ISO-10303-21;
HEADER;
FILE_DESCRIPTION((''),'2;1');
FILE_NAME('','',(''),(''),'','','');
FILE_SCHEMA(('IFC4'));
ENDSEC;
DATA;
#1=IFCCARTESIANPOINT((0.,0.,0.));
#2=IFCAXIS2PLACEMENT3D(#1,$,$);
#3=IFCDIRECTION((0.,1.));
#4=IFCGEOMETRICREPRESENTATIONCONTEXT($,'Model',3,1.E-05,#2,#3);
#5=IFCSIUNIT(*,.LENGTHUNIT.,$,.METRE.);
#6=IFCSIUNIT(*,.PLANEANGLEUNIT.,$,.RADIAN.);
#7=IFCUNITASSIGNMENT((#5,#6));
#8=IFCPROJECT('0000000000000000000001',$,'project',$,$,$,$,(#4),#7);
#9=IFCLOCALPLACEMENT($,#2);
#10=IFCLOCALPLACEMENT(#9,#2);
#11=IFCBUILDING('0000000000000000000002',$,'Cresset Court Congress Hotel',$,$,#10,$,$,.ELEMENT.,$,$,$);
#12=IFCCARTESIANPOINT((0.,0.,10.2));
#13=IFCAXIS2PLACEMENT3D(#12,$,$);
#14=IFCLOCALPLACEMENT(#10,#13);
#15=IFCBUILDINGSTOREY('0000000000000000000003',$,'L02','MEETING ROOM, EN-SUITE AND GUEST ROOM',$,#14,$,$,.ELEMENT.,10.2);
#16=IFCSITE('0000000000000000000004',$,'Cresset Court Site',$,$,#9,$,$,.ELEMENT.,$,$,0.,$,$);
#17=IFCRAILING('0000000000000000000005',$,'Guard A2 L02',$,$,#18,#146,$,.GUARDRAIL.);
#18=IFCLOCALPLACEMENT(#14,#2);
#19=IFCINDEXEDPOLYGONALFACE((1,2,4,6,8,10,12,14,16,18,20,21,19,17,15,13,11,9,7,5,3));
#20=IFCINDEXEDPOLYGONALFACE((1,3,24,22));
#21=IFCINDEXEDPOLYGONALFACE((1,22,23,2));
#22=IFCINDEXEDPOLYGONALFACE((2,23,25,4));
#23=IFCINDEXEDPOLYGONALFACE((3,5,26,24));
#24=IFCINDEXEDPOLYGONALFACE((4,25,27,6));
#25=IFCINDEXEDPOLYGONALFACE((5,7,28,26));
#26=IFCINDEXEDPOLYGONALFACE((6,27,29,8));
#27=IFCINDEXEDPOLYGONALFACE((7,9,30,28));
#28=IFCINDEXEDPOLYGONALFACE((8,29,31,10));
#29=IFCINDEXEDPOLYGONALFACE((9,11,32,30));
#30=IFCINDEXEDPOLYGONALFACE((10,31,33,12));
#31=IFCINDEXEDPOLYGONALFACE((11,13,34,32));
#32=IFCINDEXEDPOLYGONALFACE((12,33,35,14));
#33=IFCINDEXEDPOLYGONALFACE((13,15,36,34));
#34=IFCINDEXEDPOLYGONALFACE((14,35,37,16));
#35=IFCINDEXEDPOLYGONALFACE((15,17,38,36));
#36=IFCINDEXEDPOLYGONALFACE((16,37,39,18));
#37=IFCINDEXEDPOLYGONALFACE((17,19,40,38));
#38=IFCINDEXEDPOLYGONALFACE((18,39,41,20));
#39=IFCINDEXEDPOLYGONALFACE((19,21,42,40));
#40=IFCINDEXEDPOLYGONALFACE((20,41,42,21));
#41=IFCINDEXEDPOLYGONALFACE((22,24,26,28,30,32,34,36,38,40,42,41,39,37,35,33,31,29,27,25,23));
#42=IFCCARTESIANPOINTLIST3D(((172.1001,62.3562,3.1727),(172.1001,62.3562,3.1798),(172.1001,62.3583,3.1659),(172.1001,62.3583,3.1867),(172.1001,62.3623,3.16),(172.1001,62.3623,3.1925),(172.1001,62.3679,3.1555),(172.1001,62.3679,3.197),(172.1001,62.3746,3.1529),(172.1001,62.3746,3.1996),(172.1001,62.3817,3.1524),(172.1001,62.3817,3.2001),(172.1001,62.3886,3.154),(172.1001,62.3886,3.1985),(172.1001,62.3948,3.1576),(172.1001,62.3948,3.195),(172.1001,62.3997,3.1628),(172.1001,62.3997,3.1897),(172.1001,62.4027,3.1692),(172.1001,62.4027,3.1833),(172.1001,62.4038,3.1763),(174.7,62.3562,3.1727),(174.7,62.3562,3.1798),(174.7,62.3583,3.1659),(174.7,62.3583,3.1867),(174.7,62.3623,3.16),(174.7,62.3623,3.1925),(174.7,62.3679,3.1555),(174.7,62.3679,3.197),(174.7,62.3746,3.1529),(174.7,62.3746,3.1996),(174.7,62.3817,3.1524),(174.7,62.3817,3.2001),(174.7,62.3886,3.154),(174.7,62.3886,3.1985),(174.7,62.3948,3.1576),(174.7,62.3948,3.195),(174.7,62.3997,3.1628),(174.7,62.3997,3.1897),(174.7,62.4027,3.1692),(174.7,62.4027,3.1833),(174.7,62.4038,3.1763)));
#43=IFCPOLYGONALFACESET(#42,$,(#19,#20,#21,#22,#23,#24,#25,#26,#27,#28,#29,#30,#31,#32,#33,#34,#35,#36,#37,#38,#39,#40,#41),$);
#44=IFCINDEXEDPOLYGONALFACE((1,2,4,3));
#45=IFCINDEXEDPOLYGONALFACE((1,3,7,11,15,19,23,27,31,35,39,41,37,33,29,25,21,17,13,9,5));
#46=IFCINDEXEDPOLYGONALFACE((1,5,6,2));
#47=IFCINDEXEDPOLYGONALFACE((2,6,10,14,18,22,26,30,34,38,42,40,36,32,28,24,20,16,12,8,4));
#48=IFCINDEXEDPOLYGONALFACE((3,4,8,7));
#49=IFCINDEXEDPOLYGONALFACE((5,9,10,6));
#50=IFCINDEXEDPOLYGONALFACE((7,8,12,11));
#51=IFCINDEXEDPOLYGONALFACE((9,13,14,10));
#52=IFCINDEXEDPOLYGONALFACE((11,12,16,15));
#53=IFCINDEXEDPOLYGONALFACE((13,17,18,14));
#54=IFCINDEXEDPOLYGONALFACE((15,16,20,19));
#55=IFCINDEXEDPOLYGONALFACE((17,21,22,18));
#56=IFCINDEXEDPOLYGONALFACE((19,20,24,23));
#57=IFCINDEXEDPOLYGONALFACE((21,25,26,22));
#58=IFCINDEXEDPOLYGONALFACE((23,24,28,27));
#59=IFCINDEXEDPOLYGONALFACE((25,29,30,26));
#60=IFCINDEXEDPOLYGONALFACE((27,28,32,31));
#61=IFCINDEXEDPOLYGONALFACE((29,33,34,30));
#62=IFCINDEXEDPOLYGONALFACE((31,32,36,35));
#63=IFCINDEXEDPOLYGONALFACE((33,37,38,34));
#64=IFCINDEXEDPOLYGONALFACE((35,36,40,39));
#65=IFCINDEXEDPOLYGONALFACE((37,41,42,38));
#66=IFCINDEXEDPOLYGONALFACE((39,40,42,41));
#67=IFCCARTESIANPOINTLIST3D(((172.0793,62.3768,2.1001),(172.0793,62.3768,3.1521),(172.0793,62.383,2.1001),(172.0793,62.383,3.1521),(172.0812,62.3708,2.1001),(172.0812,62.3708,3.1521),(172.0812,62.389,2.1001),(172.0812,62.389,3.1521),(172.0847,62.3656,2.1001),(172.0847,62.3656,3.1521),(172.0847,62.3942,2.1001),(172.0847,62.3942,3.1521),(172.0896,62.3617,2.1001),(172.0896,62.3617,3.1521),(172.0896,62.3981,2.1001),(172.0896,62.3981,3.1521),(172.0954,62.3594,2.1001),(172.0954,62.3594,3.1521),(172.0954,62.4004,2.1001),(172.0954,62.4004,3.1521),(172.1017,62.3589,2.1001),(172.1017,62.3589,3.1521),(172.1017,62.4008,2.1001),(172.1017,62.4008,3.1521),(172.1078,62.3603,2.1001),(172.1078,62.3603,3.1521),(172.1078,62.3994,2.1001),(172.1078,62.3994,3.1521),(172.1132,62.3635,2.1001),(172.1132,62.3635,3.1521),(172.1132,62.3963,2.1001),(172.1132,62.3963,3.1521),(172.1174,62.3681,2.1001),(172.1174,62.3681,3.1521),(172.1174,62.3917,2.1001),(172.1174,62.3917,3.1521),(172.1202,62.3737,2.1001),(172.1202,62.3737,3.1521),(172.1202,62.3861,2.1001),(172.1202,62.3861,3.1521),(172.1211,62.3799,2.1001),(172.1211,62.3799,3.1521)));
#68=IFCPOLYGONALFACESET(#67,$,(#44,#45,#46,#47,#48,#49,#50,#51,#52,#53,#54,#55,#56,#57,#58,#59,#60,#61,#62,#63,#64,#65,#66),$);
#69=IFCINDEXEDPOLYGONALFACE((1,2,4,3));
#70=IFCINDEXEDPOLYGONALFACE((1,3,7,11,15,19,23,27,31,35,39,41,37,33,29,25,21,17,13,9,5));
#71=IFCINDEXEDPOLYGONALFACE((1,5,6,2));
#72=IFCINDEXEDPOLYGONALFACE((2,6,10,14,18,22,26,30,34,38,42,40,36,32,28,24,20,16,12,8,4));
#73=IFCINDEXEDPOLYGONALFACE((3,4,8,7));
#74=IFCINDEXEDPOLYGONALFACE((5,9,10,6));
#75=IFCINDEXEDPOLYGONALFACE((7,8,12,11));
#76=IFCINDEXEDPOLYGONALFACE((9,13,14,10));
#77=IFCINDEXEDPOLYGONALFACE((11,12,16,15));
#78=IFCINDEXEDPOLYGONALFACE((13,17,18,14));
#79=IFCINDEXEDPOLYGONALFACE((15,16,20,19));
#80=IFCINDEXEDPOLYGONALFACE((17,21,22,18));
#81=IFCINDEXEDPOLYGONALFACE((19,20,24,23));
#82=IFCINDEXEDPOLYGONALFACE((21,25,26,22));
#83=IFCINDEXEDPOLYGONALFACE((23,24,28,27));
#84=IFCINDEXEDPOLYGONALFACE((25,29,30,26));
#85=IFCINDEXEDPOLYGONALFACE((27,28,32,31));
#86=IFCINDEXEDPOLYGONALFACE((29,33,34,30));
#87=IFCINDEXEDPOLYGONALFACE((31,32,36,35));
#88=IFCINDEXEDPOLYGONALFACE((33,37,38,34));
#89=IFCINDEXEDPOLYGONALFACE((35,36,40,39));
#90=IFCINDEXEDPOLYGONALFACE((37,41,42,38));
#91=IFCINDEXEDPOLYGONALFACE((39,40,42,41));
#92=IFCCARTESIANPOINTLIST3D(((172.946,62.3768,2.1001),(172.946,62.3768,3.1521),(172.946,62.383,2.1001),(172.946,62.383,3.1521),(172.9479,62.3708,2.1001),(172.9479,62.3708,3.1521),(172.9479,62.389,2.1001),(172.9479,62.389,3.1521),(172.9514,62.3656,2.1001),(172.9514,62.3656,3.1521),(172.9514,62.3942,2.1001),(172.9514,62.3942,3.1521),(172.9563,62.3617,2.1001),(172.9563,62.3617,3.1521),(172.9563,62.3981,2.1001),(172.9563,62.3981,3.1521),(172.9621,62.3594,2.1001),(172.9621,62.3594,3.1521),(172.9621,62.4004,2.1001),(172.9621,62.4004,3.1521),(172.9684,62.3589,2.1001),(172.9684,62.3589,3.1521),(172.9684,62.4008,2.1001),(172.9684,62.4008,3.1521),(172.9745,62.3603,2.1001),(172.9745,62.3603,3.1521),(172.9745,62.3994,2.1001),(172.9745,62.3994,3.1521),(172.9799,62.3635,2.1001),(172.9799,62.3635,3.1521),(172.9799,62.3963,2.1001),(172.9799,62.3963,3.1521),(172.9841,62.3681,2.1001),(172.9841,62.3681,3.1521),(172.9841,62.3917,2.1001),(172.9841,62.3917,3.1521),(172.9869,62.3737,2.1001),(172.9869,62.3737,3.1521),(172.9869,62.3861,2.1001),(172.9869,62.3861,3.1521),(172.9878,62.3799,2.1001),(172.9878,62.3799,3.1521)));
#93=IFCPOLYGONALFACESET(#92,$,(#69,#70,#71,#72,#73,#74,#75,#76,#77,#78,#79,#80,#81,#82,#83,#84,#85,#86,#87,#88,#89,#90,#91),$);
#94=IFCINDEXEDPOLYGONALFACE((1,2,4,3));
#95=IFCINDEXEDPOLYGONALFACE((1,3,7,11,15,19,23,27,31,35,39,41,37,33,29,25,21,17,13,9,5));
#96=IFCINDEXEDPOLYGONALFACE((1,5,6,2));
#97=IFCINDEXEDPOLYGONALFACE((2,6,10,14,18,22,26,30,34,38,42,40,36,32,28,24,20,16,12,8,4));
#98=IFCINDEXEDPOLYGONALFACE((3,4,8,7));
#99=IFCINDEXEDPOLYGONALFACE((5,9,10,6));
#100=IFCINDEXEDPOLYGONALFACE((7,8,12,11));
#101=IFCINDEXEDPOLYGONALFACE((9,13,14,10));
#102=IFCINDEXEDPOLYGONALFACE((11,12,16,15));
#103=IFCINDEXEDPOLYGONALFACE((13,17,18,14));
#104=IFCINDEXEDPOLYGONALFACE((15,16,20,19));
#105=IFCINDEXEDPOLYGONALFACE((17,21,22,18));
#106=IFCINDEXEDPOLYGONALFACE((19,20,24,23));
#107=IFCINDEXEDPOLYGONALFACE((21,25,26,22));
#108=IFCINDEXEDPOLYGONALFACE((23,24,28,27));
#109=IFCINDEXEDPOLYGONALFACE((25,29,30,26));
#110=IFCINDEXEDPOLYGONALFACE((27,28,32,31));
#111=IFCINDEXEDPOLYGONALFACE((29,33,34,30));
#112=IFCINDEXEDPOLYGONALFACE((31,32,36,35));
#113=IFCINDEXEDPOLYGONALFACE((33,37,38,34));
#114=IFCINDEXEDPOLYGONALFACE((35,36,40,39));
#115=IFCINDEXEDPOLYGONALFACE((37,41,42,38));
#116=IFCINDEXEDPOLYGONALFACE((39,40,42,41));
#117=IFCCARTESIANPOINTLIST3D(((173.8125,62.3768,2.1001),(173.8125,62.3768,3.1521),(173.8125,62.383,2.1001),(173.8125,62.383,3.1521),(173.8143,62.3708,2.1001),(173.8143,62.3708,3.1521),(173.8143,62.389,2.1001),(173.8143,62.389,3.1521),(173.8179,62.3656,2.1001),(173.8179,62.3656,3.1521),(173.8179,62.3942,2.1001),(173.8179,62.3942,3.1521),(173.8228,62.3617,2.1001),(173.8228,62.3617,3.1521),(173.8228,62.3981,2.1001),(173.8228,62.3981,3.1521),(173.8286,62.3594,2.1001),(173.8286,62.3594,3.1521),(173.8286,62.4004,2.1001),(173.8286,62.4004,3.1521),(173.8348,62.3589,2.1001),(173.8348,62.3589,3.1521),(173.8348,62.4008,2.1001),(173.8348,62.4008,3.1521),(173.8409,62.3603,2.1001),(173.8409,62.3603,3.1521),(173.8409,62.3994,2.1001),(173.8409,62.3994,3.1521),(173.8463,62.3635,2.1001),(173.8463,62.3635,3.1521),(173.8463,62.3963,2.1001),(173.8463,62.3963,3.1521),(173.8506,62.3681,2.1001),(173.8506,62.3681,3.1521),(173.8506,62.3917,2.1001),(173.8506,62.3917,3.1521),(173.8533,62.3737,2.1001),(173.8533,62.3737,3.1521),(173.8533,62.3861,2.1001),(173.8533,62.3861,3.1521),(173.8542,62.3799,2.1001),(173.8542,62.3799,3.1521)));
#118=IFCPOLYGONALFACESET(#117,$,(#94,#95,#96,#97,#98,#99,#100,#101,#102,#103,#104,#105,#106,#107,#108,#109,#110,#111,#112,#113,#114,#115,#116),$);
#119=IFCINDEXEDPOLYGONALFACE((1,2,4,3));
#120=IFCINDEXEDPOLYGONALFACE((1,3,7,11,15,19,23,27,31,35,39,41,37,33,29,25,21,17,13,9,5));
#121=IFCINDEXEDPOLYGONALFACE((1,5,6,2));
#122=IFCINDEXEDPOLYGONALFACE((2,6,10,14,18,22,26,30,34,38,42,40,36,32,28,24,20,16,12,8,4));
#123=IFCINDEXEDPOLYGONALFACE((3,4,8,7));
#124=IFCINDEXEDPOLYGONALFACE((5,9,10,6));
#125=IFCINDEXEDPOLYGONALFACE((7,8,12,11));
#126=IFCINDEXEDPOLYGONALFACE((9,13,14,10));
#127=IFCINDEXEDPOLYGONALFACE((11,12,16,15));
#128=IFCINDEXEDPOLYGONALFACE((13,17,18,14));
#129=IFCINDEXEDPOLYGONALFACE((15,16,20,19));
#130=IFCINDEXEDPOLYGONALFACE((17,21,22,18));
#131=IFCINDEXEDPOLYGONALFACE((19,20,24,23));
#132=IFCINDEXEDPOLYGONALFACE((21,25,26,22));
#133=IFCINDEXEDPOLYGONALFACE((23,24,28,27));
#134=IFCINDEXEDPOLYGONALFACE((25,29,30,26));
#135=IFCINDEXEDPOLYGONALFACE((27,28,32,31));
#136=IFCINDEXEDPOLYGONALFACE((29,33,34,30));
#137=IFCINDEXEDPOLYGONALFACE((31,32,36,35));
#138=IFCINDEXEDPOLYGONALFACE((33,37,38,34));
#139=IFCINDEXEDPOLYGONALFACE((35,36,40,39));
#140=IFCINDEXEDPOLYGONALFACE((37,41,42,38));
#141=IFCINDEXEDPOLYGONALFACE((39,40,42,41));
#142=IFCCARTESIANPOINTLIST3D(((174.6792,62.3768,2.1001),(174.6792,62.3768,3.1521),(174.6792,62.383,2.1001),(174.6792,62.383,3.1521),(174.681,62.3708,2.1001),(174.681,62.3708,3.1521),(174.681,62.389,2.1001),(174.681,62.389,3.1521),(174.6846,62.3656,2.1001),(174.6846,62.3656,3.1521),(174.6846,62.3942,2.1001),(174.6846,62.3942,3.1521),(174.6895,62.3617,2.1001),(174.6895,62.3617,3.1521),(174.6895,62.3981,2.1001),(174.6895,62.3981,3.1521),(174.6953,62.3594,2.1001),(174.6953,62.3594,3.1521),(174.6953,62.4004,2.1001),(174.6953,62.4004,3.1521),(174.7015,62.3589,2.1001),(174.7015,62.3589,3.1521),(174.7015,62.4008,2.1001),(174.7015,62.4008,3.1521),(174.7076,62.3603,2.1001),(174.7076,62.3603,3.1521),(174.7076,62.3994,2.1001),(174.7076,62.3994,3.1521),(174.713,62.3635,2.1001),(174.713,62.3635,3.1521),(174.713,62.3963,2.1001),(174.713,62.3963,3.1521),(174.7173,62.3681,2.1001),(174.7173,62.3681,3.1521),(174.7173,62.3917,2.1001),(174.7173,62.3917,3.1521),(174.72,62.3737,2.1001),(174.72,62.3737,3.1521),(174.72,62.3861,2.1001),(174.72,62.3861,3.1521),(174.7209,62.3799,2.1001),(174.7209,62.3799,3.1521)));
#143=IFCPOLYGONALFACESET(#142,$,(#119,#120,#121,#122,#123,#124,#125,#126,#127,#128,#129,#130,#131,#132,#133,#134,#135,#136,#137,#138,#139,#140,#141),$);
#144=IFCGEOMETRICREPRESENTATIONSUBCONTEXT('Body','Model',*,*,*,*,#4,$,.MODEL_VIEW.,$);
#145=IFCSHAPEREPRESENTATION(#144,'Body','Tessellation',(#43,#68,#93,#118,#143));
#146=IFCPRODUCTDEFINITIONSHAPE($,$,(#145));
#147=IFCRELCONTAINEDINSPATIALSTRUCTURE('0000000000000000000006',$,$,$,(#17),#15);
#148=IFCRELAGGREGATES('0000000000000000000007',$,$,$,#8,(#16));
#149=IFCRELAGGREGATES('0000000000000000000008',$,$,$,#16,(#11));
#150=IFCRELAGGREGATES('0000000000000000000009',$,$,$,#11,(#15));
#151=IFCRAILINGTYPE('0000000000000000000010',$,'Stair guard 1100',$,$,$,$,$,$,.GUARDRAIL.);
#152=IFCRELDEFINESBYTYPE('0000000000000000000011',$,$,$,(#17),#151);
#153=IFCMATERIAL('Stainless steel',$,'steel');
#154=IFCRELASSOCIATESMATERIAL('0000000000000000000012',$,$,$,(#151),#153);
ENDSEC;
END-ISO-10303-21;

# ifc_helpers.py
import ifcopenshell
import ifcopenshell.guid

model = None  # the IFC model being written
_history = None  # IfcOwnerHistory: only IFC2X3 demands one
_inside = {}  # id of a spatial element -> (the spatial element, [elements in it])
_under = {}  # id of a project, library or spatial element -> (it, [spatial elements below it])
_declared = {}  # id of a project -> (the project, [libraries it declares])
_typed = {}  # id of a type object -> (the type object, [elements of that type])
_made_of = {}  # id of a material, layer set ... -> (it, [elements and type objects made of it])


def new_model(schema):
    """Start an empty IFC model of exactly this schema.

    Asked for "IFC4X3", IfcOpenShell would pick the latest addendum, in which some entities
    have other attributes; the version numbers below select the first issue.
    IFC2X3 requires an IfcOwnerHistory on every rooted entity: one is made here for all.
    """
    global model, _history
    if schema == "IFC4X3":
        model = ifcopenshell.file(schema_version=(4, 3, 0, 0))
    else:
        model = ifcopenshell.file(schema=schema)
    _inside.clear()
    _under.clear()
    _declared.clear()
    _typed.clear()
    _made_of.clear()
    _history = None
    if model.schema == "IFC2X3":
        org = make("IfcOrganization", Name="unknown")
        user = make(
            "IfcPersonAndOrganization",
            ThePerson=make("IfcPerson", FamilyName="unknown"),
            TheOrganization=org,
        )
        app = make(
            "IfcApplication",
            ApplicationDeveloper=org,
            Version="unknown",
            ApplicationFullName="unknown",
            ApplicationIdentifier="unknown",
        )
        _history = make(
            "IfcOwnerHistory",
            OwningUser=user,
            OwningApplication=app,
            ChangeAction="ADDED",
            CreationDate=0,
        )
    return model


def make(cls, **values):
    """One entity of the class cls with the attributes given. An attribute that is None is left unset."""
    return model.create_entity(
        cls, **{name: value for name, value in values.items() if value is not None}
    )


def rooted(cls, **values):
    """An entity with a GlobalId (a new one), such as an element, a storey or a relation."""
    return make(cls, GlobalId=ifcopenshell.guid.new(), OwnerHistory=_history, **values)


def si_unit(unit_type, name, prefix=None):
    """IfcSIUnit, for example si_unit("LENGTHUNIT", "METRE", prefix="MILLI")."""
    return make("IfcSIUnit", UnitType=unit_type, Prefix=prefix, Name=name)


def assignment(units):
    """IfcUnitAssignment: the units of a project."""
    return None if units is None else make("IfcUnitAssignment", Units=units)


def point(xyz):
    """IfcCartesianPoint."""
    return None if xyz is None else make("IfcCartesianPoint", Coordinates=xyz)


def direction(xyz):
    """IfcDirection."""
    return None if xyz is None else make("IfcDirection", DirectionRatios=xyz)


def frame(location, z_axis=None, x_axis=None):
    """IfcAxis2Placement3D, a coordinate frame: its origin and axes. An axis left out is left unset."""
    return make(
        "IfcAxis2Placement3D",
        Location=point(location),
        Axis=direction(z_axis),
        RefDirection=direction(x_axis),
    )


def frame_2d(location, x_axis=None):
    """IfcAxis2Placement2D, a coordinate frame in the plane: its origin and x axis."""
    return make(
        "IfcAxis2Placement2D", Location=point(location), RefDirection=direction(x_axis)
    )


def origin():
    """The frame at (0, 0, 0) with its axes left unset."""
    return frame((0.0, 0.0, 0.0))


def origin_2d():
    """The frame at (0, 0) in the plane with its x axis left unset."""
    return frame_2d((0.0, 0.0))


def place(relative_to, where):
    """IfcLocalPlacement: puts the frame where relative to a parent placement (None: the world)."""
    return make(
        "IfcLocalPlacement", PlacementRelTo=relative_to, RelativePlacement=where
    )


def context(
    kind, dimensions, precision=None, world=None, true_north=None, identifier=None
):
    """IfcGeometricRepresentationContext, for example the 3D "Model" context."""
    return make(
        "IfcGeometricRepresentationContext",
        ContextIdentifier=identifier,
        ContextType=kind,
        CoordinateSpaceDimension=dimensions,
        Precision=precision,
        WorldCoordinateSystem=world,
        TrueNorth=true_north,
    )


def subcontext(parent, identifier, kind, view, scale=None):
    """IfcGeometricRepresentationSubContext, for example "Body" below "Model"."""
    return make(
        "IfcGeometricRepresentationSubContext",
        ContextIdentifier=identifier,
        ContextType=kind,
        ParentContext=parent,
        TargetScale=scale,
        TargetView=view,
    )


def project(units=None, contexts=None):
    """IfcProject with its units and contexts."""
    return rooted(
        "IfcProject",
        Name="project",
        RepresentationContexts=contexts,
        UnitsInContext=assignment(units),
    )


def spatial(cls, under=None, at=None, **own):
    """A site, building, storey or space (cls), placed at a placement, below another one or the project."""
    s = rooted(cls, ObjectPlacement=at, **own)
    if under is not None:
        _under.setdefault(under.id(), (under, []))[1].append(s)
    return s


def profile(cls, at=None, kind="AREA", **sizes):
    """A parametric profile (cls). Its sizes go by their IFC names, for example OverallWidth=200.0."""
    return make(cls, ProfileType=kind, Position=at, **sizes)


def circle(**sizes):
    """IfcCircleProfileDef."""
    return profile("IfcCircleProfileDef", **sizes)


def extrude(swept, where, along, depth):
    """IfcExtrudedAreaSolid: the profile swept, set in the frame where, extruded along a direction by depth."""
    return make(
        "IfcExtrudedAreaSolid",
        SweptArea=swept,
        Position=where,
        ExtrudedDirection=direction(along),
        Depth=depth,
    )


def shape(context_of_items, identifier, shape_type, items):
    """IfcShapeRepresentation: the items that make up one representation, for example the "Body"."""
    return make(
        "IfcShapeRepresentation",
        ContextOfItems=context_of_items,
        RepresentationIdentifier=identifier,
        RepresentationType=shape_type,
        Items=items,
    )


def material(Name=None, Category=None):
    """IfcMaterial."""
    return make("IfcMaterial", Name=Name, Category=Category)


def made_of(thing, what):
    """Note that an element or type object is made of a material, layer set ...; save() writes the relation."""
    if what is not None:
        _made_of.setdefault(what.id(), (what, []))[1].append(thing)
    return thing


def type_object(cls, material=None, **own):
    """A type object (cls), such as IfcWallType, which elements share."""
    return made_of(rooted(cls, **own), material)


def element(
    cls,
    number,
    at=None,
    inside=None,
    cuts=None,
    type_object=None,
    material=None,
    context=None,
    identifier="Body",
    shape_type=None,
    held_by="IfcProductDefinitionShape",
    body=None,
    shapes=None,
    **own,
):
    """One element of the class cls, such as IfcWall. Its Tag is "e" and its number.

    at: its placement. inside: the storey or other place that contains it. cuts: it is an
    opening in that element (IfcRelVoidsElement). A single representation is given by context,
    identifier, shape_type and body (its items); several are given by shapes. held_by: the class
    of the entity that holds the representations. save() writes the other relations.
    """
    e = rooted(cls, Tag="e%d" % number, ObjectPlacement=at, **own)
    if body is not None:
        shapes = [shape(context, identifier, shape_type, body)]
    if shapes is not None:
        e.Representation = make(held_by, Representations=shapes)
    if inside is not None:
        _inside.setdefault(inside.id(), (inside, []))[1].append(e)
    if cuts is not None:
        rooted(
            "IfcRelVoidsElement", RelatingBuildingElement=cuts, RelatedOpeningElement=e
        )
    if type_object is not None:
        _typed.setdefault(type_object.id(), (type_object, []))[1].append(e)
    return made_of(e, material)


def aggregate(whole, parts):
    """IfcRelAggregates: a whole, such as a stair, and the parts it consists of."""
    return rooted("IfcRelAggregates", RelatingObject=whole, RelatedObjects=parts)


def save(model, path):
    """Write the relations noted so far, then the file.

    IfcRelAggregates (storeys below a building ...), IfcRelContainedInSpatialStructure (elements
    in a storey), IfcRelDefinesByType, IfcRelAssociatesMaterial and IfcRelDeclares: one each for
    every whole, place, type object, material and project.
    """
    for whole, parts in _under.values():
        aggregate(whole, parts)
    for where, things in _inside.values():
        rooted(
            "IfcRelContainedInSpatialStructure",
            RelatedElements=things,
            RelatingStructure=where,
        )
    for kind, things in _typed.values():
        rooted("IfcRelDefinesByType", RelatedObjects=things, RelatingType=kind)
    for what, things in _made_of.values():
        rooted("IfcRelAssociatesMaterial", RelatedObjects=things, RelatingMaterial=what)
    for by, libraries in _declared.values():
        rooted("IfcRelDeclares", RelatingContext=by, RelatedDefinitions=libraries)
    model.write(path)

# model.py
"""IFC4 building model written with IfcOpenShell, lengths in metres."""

from ifc_helpers import new_model, si_unit, direction, frame, origin, origin_2d, place, context, subcontext, project, spatial, circle, extrude, material, type_object, element, save


model = new_model("IFC4")

# Units and contexts
model_context = context("Model", 3, precision=1e-05, world=origin(), true_north=direction((0.0, 1.0)))
body_context = subcontext(model_context, "Body", "Model", "MODEL_VIEW")
ifc_project = project(units=[si_unit("LENGTHUNIT", "METRE"), si_unit("PLANEANGLEUNIT", "RADIAN")], contexts=[model_context])

# Site, building, storey
site_placement = place(None, origin())
site = spatial("IfcSite", under=ifc_project, at=site_placement, Name="Cresset Court Site", CompositionType="ELEMENT", RefElevation=0.0)
building_placement = place(site_placement, origin())
building = spatial("IfcBuilding", under=site, at=building_placement, Name="Cresset Court Congress Hotel", CompositionType="ELEMENT")
storey_placement = place(building_placement, frame((0.0, 0.0, 10.2)))
storey = spatial("IfcBuildingStorey", under=building, at=storey_placement, Name="L02", Description="MEETING ROOM, EN-SUITE AND GUEST ROOM", CompositionType="ELEMENT", Elevation=10.2)

# Railing
ifc_material_1 = material(Name="Stainless steel", Category="steel")
railing_type_1 = type_object("IfcRailingType", Name="Stair guard 1100", PredefinedType="GUARDRAIL", material=ifc_material_1)
railing_1_placement = place(storey_placement, frame((172.1001, 62.3799, 2.1001)))
element("IfcRailing", 1, at=railing_1_placement, inside=storey, type_object=railing_type_1, Name="Guard A2 L02", PredefinedType="GUARDRAIL", context=body_context, shape_type="SweptSolid", body=[
    extrude(circle(Radius=0.0239, at=origin_2d()), frame((0.0, 0.0, 1.0762), z_axis=(1.0, 0.0, 0.0), x_axis=(0.0, 1.0, 0.0)), (0.0, 0.0, 1.0), 2.5999),
    extrude(circle(Radius=0.021, at=origin_2d()), origin(), (0.0, 0.0, 1.0), 1.052),
    extrude(circle(Radius=0.021, at=origin_2d()), frame((0.8667, 0.0, 0.0)), (0.0, 0.0, 1.0), 1.052),
    extrude(circle(Radius=0.021, at=origin_2d()), frame((1.7332, 0.0, 0.0)), (0.0, 0.0, 1.0), 1.052),
    extrude(circle(Radius=0.021, at=origin_2d()), frame((2.5999, 0.0, 0.0)), (0.0, 0.0, 1.0), 1.052),
])

save(model, "model.ifc")
